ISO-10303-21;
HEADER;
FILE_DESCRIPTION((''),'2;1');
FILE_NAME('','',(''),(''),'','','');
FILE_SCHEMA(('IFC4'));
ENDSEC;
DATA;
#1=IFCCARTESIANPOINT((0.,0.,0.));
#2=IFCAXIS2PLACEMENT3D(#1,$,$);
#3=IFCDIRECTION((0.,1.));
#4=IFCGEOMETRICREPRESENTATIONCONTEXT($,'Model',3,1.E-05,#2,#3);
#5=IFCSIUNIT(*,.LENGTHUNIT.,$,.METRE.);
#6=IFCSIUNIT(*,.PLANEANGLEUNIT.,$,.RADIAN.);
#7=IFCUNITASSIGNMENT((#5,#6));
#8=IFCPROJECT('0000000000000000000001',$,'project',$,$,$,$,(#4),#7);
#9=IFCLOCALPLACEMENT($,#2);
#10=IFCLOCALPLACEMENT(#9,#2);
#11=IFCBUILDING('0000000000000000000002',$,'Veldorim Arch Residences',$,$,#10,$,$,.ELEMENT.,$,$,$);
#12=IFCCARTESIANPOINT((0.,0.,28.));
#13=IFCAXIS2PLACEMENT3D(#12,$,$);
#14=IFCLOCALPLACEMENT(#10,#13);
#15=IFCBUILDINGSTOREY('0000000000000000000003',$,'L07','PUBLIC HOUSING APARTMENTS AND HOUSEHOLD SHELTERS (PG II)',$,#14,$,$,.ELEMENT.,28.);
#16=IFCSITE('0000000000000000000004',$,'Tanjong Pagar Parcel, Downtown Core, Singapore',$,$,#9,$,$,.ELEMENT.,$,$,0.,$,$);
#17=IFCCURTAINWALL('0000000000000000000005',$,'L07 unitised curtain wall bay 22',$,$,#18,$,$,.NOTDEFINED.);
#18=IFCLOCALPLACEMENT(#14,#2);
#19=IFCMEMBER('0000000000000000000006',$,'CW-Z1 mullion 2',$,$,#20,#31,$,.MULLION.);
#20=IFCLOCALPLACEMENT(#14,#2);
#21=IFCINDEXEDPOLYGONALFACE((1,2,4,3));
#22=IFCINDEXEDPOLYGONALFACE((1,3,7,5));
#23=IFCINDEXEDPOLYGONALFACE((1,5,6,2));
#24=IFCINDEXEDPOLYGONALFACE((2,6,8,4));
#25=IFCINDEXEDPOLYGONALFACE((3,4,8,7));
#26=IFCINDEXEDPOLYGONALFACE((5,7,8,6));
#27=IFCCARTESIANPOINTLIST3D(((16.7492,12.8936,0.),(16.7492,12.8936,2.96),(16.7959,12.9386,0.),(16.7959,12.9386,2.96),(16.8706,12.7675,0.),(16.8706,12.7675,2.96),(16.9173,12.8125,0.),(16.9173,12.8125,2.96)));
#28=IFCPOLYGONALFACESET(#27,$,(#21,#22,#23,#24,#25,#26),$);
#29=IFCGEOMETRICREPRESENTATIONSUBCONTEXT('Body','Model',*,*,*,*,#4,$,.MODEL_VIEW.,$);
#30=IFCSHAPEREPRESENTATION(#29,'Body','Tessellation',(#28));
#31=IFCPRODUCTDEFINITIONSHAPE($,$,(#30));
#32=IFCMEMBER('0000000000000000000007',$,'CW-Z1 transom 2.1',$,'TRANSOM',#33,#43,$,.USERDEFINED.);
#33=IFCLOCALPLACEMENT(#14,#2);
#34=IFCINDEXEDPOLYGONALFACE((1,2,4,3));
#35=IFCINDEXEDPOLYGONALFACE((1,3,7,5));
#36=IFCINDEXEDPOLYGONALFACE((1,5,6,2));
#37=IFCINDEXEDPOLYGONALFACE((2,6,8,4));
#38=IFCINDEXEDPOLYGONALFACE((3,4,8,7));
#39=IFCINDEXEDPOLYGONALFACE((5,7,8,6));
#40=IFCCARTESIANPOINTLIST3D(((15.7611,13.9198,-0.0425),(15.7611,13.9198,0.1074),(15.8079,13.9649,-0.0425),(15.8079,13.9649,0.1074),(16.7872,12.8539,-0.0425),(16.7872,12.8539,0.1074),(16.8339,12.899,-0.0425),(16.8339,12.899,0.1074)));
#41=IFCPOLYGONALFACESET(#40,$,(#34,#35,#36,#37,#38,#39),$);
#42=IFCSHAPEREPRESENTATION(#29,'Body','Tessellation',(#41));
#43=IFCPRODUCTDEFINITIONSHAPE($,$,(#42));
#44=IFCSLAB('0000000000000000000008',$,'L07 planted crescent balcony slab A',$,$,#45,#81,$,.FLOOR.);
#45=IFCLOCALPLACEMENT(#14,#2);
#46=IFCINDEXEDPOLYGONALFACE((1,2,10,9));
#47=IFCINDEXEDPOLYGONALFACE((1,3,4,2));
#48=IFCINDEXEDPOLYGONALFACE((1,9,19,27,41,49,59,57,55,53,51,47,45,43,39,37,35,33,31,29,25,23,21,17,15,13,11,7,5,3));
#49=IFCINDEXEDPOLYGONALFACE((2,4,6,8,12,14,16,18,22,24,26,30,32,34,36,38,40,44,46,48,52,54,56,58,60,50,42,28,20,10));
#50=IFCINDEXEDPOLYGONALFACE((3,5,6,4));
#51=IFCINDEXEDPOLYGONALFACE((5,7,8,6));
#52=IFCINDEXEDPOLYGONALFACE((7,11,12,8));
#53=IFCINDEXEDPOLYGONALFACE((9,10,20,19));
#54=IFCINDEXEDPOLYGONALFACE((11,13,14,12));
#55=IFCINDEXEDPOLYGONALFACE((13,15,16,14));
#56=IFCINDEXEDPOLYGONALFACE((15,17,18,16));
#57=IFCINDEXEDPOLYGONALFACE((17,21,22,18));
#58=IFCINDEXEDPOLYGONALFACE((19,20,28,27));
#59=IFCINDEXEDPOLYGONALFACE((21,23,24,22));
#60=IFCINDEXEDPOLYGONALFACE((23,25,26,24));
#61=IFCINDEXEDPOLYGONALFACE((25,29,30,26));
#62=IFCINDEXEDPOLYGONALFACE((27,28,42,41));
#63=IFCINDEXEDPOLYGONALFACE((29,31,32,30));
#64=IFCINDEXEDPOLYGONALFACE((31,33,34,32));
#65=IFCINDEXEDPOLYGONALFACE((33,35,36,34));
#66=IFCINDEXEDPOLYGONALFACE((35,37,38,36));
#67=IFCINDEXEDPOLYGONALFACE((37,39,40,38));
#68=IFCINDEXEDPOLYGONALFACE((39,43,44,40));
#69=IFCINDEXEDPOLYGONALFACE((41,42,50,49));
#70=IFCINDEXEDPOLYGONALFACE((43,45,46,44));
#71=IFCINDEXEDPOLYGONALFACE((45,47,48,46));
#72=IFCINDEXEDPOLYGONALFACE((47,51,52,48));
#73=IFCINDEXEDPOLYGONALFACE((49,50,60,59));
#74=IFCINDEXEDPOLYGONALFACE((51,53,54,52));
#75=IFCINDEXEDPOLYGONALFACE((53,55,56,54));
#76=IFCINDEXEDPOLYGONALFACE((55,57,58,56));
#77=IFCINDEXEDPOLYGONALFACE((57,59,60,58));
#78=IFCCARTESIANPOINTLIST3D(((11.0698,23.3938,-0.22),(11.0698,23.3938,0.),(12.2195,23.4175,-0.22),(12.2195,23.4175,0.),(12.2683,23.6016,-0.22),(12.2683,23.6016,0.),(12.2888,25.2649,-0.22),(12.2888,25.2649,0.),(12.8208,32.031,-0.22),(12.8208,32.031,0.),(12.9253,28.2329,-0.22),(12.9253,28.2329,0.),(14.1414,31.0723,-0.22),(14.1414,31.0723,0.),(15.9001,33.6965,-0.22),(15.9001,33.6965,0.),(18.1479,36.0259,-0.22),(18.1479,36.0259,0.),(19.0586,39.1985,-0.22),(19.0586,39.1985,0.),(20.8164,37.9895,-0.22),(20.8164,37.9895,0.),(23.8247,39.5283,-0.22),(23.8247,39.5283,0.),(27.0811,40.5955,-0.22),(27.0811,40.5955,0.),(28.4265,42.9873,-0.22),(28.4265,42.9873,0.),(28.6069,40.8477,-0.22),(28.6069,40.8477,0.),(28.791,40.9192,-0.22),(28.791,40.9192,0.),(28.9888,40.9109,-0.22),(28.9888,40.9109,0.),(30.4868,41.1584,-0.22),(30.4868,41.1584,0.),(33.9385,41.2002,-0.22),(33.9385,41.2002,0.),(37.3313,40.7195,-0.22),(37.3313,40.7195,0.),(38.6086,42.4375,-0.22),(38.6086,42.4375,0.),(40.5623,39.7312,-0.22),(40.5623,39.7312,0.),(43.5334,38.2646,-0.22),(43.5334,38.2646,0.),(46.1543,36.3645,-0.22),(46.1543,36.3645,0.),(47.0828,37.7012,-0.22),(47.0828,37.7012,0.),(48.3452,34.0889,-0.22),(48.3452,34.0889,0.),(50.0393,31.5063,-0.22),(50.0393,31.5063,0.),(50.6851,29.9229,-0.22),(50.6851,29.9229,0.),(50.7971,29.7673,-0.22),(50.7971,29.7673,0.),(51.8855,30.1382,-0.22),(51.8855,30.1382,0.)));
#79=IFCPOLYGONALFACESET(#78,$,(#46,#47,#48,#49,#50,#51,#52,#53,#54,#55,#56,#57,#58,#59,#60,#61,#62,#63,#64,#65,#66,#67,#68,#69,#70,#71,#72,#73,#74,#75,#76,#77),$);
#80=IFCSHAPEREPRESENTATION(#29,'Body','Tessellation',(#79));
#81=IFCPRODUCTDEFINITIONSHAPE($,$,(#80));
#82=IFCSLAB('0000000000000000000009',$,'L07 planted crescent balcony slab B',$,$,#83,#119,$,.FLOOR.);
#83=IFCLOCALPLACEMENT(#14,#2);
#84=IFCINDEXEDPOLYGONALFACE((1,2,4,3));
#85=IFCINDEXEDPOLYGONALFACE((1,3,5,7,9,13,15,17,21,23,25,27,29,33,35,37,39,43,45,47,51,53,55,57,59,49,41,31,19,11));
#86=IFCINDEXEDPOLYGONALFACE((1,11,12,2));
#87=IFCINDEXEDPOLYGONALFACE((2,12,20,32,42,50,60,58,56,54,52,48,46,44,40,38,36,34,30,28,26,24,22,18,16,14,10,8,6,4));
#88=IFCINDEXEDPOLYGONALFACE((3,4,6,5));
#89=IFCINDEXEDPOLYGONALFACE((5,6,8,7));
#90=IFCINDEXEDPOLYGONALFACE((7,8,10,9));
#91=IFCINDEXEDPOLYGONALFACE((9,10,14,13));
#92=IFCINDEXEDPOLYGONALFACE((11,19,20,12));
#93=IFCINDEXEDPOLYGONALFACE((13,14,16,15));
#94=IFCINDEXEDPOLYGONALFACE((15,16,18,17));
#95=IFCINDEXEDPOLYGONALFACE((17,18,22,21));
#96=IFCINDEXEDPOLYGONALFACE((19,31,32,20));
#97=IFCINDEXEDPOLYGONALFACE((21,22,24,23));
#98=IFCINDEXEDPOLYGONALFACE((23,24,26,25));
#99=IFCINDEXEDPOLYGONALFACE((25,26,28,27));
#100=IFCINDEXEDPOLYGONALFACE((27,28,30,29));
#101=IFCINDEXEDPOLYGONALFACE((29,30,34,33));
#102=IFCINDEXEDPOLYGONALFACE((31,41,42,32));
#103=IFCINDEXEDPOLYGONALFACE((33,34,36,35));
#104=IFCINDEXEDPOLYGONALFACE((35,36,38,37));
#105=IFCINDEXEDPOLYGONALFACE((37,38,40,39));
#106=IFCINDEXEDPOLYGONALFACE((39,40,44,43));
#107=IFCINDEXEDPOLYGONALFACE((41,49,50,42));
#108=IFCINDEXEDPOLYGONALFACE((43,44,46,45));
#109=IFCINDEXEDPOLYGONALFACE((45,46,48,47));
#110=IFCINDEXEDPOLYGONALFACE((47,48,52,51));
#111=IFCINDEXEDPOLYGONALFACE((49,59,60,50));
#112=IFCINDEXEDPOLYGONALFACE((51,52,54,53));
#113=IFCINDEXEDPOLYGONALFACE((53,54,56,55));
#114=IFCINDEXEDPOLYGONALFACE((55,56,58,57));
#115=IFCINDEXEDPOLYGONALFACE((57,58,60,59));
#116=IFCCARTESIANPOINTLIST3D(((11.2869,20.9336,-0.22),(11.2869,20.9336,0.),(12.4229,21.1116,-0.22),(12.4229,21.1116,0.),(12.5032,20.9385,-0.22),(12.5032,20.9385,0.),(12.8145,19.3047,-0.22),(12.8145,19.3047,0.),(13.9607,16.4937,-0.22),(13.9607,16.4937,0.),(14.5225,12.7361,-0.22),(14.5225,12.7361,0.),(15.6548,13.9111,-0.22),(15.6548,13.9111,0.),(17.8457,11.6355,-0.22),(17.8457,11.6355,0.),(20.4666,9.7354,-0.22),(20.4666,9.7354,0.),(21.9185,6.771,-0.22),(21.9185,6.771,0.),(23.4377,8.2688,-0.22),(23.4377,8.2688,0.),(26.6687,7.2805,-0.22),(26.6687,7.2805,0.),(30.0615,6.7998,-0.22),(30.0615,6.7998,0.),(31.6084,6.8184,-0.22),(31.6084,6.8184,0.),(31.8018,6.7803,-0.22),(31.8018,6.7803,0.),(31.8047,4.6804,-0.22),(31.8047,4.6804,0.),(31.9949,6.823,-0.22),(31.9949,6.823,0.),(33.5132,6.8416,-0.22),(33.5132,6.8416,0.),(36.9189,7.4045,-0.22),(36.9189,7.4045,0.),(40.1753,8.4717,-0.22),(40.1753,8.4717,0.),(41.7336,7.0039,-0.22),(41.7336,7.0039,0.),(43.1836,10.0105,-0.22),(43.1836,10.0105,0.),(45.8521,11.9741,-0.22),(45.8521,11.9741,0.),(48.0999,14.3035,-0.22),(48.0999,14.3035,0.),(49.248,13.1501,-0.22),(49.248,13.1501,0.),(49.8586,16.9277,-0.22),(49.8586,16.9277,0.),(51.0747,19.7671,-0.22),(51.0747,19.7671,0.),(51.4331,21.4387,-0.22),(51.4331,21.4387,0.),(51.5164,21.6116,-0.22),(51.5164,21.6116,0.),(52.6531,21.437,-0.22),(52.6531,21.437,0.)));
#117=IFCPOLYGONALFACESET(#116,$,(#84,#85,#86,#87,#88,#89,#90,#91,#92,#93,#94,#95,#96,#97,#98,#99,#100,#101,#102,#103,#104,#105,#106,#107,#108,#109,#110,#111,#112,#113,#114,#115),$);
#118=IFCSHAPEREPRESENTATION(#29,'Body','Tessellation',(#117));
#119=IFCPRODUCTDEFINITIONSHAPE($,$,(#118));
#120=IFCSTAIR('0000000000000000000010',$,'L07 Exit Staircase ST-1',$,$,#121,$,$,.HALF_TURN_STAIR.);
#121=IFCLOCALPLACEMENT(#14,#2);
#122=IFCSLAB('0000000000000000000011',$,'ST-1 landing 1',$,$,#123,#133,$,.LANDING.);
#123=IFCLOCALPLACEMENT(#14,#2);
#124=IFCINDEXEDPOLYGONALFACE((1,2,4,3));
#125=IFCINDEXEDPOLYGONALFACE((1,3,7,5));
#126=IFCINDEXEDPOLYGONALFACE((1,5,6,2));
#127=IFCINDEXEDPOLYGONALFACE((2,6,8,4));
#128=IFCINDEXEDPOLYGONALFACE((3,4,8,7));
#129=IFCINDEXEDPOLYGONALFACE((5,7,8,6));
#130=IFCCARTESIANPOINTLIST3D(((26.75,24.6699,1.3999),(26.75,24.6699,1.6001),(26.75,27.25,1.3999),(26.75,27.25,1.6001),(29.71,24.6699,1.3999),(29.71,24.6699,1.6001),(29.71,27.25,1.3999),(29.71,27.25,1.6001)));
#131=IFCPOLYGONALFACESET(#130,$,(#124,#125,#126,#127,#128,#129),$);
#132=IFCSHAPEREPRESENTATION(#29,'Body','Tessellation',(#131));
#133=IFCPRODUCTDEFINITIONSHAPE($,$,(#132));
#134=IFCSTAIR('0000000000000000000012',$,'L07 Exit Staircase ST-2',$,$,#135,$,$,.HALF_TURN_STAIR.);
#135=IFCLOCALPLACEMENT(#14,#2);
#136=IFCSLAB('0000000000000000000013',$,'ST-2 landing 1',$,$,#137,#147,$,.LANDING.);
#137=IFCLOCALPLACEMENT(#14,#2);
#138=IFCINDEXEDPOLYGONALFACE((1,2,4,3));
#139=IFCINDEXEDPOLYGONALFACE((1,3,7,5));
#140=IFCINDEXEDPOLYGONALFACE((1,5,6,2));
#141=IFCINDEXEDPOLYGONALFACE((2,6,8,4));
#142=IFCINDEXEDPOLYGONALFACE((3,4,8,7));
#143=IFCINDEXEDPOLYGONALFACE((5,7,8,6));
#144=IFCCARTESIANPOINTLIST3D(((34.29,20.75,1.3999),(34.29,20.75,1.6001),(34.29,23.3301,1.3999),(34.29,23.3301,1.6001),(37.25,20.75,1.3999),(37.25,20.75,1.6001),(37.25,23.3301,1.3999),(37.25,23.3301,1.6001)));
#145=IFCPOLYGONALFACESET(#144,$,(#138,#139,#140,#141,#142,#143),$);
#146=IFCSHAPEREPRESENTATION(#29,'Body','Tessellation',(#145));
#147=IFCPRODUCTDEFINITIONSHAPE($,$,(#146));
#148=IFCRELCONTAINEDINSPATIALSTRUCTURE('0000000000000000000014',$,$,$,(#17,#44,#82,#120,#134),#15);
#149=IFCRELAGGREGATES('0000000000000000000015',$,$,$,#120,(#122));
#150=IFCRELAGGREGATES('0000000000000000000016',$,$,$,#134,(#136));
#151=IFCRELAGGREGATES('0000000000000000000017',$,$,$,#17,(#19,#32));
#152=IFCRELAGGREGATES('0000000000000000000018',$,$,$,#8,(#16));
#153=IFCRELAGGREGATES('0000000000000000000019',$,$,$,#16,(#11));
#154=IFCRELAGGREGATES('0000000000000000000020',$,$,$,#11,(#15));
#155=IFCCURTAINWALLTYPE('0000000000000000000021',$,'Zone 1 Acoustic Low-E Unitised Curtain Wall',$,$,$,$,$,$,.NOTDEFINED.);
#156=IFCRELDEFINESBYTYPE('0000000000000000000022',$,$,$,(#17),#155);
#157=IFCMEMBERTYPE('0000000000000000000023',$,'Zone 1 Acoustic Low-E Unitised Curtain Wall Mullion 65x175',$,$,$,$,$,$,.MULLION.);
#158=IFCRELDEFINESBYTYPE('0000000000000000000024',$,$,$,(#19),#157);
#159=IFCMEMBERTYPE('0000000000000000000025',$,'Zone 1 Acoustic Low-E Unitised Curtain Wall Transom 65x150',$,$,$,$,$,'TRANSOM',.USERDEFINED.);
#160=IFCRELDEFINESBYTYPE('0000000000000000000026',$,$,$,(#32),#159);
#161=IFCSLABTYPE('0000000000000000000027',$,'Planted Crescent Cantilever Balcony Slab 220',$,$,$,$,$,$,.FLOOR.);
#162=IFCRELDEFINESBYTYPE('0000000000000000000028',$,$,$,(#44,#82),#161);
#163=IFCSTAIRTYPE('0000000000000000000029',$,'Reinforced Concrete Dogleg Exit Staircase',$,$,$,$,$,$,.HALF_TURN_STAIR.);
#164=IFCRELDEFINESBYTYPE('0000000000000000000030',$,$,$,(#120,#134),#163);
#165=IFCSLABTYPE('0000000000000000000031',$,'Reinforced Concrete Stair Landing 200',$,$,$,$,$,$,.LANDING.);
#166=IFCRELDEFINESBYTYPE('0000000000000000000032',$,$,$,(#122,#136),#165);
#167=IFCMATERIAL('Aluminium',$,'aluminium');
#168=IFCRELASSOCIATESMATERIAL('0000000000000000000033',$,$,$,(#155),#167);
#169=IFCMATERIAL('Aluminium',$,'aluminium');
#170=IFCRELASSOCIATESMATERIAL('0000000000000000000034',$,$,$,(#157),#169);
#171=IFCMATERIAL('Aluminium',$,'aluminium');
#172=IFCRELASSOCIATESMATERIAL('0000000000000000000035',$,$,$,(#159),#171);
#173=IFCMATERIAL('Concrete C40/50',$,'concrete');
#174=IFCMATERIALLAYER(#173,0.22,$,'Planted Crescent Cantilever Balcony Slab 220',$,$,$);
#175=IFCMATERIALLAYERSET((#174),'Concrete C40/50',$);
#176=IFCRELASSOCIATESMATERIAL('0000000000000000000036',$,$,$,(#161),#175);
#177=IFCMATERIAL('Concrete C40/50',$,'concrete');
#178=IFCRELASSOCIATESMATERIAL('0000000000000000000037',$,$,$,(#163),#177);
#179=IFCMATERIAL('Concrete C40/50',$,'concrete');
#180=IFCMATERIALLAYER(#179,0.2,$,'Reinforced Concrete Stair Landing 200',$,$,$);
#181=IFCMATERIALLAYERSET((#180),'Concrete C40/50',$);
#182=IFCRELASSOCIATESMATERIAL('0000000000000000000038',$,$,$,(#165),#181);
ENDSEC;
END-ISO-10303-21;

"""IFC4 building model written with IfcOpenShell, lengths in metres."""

from ifc_helpers import new_model, si_unit, direction, frame, origin, origin_2d, place, context, subcontext, project, spatial, polyline, rectangle, outline, extrude, material, layer, layer_set, material_profile, profile_set, type_object, element, aggregate, save


model = new_model("IFC4")

# Units and contexts
model_context = context("Model", 3, precision=1e-05, world=origin(), true_north=direction((0.0, 1.0)))
body_context = subcontext(model_context, "Body", "Model", "MODEL_VIEW")
ifc_project = project(units=[si_unit("LENGTHUNIT", "METRE"), si_unit("PLANEANGLEUNIT", "RADIAN")], contexts=[model_context])

# Site, building, storey
site_placement = place(None, origin())
site = spatial("IfcSite", under=ifc_project, at=site_placement, Name="Tanjong Pagar Parcel, Downtown Core, Singapore", CompositionType="ELEMENT", RefElevation=0.0)
building_placement = place(site_placement, origin())
building = spatial("IfcBuilding", under=site, at=building_placement, Name="Veldorim Arch Residences", CompositionType="ELEMENT")
storey_placement = place(building_placement, frame((0.0, 0.0, 28.0)))
storey = spatial("IfcBuildingStorey", under=building, at=storey_placement, Name="L07", Description="PUBLIC HOUSING APARTMENTS AND HOUSEHOLD SHELTERS (PG II)", CompositionType="ELEMENT", Elevation=28.0)

# Curtain wall, members
ifc_material_1 = material(Name="Aluminium", Category="aluminium")
curtain_wall_type = type_object("IfcCurtainWallType", Name="Zone 1 Acoustic Low-E Unitised Curtain Wall", PredefinedType="NOTDEFINED", material=ifc_material_1)
curtain_wall_placement = place(storey_placement, origin())
curtain_wall = element("IfcCurtainWall", 1, at=curtain_wall_placement, inside=storey, type_object=curtain_wall_type, Name="L07 unitised curtain wall bay 22", PredefinedType="NOTDEFINED")
ifc_material_2 = material(Name="Aluminium", Category="aluminium")
ifc_material_profile_1 = material_profile(ifc_material_2, rectangle(XDim=0.0649, YDim=0.175, at=origin_2d()), Name="ALU_MUL_65x175")
ifc_profile_set_1 = profile_set([ifc_material_profile_1], Name="Aluminium")
member_type_1 = type_object("IfcMemberType", Name="Zone 1 Acoustic Low-E Unitised Curtain Wall Mullion 65x175", PredefinedType="MULLION", material=ifc_profile_set_1)
member_1_placement = place(storey_placement, frame((16.8333, 12.853, 0.0), z_axis=(0.0, 0.0, 1.0), x_axis=(-0.720421, -0.693538, 0.0)))
member_1 = element("IfcMember", 2, at=member_1_placement, type_object=member_type_1, Name="CW-Z1 mullion 2", PredefinedType="MULLION", context=body_context, shape_type="SweptSolid", body=[
    extrude(rectangle(XDim=0.0649, YDim=0.175, at=origin_2d()), origin(), (0.0, 0.0, 1.0), 2.96),
])
ifc_material_3 = material(Name="Aluminium", Category="aluminium")
ifc_material_profile_2 = material_profile(ifc_material_3, rectangle(XDim=0.0649, YDim=0.1499, at=origin_2d()), Name="ALU_TRN_65x150")
ifc_profile_set_2 = profile_set([ifc_material_profile_2], Name="Aluminium")
member_type_2 = type_object("IfcMemberType", Name="Zone 1 Acoustic Low-E Unitised Curtain Wall Transom 65x150", ElementType="TRANSOM", PredefinedType="USERDEFINED", material=ifc_profile_set_2)
member_2_placement = place(storey_placement, frame((16.8105, 12.8765, 0.0325), z_axis=(-0.693531, 0.720427, 0.0), x_axis=(-0.720427, -0.693531, 0.0)))
member_2 = element("IfcMember", 3, at=member_2_placement, type_object=member_type_2, Name="CW-Z1 transom 2.1", ObjectType="TRANSOM", PredefinedType="USERDEFINED", context=body_context, shape_type="SweptSolid", body=[
    extrude(rectangle(XDim=0.0649, YDim=0.1499, at=origin_2d()), origin(), (0.0, 0.0, 1.0), 1.4795),
])

# Slabs
ifc_material_4 = material(Name="Concrete C40/50", Category="concrete")
ifc_layer_1 = layer(ifc_material_4, 0.22, Name="Planted Crescent Cantilever Balcony Slab 220")
ifc_layer_set_1 = layer_set([ifc_layer_1], Name="Concrete C40/50")
slab_type_1 = type_object("IfcSlabType", Name="Planted Crescent Cantilever Balcony Slab 220", PredefinedType="FLOOR", material=ifc_layer_set_1)
slab_1_placement = place(storey_placement, frame((0.0, 0.0, -0.22)))
element("IfcSlab", 4, at=slab_1_placement, inside=storey, type_object=slab_type_1, Name="L07 planted crescent balcony slab A", PredefinedType="FLOOR", context=body_context, shape_type="SweptSolid", body=[
    extrude(outline(polyline([(50.6851, 29.9229), (50.0393, 31.5063), (48.3452, 34.0889), (46.1543, 36.3645), (43.5334, 38.2646), (40.5623, 39.7312), (37.3313, 40.7195), (33.9385, 41.2002), (30.4868, 41.1584), (28.9888, 40.9109), (28.791, 40.9192), (28.6069, 40.8477), (27.0811, 40.5955), (23.8247, 39.5283), (20.8164, 37.9895), (18.1479, 36.0259), (15.9001, 33.6965), (14.1414, 31.0723), (12.9253, 28.2329), (12.2888, 25.2649), (12.2683, 23.6016), (12.2195, 23.4175), (11.0698, 23.3938), (12.8208, 32.031), (19.0586, 39.1985), (28.4265, 42.9873), (38.6086, 42.4375), (47.0828, 37.7012), (51.8855, 30.1382), (50.7971, 29.7673), (50.6851, 29.9229)])), origin(), (0.0, 0.0, 1.0), 0.22),
])
slab_2_placement = place(storey_placement, frame((0.0, 0.0, -0.22)))
element("IfcSlab", 5, at=slab_2_placement, inside=storey, type_object=slab_type_1, Name="L07 planted crescent balcony slab B", PredefinedType="FLOOR", context=body_context, shape_type="SweptSolid", body=[
    extrude(outline(polyline([(12.5032, 20.9385), (12.8145, 19.3047), (13.9607, 16.4937), (15.6548, 13.9111), (17.8457, 11.6355), (20.4666, 9.7354), (23.4377, 8.2688), (26.6687, 7.2805), (30.0615, 6.7998), (31.6084, 6.8184), (31.8018, 6.7803), (31.9949, 6.823), (33.5132, 6.8416), (36.9189, 7.4045), (40.1753, 8.4717), (43.1836, 10.0105), (45.8521, 11.9741), (48.0999, 14.3035), (49.8586, 16.9277), (51.0747, 19.7671), (51.4331, 21.4387), (51.5164, 21.6116), (52.6531, 21.437), (49.248, 13.1501), (41.7336, 7.0039), (31.8047, 4.6804), (21.9185, 6.771), (14.5225, 12.7361), (11.2869, 20.9336), (12.4229, 21.1116), (12.5032, 20.9385)])), origin(), (0.0, 0.0, 1.0), 0.22),
])

# Stairs, slabs
ifc_material_5 = material(Name="Concrete C40/50", Category="concrete")
stair_type = type_object("IfcStairType", Name="Reinforced Concrete Dogleg Exit Staircase", PredefinedType="HALF_TURN_STAIR", material=ifc_material_5)
stair_1_placement = place(storey_placement, origin())
stair_1 = element("IfcStair", 6, at=stair_1_placement, inside=storey, type_object=stair_type, Name="L07 Exit Staircase ST-1", PredefinedType="HALF_TURN_STAIR")
ifc_material_6 = material(Name="Concrete C40/50", Category="concrete")
ifc_layer_2 = layer(ifc_material_6, 0.2, Name="Reinforced Concrete Stair Landing 200")
ifc_layer_set_2 = layer_set([ifc_layer_2], Name="Concrete C40/50")
slab_type_2 = type_object("IfcSlabType", Name="Reinforced Concrete Stair Landing 200", PredefinedType="LANDING", material=ifc_layer_set_2)
slab_3_placement = place(storey_placement, frame((0.0, 0.0, 1.3999)))
slab_3 = element("IfcSlab", 7, at=slab_3_placement, type_object=slab_type_2, Name="ST-1 landing 1", PredefinedType="LANDING", context=body_context, shape_type="SweptSolid", body=[
    extrude(outline(polyline([(29.71, 24.6699), (29.71, 27.25), (26.75, 27.25), (26.75, 24.6699), (29.71, 24.6699)])), origin(), (0.0, 0.0, 1.0), 0.2002),
])
aggregate(stair_1, [slab_3])
stair_2_placement = place(storey_placement, origin())
stair_2 = element("IfcStair", 8, at=stair_2_placement, inside=storey, type_object=stair_type, Name="L07 Exit Staircase ST-2", PredefinedType="HALF_TURN_STAIR")
slab_4_placement = place(storey_placement, frame((0.0, 0.0, 1.3999)))
slab_4 = element("IfcSlab", 9, at=slab_4_placement, type_object=slab_type_2, Name="ST-2 landing 1", PredefinedType="LANDING", context=body_context, shape_type="SweptSolid", body=[
    extrude(outline(polyline([(34.29, 23.3301), (34.29, 20.75), (37.25, 20.75), (37.25, 23.3301), (34.29, 23.3301)])), origin(), (0.0, 0.0, 1.0), 0.2002),
])
aggregate(stair_2, [slab_4])

aggregate(curtain_wall, [member_1, member_2])

save(model, "model.ifc")
